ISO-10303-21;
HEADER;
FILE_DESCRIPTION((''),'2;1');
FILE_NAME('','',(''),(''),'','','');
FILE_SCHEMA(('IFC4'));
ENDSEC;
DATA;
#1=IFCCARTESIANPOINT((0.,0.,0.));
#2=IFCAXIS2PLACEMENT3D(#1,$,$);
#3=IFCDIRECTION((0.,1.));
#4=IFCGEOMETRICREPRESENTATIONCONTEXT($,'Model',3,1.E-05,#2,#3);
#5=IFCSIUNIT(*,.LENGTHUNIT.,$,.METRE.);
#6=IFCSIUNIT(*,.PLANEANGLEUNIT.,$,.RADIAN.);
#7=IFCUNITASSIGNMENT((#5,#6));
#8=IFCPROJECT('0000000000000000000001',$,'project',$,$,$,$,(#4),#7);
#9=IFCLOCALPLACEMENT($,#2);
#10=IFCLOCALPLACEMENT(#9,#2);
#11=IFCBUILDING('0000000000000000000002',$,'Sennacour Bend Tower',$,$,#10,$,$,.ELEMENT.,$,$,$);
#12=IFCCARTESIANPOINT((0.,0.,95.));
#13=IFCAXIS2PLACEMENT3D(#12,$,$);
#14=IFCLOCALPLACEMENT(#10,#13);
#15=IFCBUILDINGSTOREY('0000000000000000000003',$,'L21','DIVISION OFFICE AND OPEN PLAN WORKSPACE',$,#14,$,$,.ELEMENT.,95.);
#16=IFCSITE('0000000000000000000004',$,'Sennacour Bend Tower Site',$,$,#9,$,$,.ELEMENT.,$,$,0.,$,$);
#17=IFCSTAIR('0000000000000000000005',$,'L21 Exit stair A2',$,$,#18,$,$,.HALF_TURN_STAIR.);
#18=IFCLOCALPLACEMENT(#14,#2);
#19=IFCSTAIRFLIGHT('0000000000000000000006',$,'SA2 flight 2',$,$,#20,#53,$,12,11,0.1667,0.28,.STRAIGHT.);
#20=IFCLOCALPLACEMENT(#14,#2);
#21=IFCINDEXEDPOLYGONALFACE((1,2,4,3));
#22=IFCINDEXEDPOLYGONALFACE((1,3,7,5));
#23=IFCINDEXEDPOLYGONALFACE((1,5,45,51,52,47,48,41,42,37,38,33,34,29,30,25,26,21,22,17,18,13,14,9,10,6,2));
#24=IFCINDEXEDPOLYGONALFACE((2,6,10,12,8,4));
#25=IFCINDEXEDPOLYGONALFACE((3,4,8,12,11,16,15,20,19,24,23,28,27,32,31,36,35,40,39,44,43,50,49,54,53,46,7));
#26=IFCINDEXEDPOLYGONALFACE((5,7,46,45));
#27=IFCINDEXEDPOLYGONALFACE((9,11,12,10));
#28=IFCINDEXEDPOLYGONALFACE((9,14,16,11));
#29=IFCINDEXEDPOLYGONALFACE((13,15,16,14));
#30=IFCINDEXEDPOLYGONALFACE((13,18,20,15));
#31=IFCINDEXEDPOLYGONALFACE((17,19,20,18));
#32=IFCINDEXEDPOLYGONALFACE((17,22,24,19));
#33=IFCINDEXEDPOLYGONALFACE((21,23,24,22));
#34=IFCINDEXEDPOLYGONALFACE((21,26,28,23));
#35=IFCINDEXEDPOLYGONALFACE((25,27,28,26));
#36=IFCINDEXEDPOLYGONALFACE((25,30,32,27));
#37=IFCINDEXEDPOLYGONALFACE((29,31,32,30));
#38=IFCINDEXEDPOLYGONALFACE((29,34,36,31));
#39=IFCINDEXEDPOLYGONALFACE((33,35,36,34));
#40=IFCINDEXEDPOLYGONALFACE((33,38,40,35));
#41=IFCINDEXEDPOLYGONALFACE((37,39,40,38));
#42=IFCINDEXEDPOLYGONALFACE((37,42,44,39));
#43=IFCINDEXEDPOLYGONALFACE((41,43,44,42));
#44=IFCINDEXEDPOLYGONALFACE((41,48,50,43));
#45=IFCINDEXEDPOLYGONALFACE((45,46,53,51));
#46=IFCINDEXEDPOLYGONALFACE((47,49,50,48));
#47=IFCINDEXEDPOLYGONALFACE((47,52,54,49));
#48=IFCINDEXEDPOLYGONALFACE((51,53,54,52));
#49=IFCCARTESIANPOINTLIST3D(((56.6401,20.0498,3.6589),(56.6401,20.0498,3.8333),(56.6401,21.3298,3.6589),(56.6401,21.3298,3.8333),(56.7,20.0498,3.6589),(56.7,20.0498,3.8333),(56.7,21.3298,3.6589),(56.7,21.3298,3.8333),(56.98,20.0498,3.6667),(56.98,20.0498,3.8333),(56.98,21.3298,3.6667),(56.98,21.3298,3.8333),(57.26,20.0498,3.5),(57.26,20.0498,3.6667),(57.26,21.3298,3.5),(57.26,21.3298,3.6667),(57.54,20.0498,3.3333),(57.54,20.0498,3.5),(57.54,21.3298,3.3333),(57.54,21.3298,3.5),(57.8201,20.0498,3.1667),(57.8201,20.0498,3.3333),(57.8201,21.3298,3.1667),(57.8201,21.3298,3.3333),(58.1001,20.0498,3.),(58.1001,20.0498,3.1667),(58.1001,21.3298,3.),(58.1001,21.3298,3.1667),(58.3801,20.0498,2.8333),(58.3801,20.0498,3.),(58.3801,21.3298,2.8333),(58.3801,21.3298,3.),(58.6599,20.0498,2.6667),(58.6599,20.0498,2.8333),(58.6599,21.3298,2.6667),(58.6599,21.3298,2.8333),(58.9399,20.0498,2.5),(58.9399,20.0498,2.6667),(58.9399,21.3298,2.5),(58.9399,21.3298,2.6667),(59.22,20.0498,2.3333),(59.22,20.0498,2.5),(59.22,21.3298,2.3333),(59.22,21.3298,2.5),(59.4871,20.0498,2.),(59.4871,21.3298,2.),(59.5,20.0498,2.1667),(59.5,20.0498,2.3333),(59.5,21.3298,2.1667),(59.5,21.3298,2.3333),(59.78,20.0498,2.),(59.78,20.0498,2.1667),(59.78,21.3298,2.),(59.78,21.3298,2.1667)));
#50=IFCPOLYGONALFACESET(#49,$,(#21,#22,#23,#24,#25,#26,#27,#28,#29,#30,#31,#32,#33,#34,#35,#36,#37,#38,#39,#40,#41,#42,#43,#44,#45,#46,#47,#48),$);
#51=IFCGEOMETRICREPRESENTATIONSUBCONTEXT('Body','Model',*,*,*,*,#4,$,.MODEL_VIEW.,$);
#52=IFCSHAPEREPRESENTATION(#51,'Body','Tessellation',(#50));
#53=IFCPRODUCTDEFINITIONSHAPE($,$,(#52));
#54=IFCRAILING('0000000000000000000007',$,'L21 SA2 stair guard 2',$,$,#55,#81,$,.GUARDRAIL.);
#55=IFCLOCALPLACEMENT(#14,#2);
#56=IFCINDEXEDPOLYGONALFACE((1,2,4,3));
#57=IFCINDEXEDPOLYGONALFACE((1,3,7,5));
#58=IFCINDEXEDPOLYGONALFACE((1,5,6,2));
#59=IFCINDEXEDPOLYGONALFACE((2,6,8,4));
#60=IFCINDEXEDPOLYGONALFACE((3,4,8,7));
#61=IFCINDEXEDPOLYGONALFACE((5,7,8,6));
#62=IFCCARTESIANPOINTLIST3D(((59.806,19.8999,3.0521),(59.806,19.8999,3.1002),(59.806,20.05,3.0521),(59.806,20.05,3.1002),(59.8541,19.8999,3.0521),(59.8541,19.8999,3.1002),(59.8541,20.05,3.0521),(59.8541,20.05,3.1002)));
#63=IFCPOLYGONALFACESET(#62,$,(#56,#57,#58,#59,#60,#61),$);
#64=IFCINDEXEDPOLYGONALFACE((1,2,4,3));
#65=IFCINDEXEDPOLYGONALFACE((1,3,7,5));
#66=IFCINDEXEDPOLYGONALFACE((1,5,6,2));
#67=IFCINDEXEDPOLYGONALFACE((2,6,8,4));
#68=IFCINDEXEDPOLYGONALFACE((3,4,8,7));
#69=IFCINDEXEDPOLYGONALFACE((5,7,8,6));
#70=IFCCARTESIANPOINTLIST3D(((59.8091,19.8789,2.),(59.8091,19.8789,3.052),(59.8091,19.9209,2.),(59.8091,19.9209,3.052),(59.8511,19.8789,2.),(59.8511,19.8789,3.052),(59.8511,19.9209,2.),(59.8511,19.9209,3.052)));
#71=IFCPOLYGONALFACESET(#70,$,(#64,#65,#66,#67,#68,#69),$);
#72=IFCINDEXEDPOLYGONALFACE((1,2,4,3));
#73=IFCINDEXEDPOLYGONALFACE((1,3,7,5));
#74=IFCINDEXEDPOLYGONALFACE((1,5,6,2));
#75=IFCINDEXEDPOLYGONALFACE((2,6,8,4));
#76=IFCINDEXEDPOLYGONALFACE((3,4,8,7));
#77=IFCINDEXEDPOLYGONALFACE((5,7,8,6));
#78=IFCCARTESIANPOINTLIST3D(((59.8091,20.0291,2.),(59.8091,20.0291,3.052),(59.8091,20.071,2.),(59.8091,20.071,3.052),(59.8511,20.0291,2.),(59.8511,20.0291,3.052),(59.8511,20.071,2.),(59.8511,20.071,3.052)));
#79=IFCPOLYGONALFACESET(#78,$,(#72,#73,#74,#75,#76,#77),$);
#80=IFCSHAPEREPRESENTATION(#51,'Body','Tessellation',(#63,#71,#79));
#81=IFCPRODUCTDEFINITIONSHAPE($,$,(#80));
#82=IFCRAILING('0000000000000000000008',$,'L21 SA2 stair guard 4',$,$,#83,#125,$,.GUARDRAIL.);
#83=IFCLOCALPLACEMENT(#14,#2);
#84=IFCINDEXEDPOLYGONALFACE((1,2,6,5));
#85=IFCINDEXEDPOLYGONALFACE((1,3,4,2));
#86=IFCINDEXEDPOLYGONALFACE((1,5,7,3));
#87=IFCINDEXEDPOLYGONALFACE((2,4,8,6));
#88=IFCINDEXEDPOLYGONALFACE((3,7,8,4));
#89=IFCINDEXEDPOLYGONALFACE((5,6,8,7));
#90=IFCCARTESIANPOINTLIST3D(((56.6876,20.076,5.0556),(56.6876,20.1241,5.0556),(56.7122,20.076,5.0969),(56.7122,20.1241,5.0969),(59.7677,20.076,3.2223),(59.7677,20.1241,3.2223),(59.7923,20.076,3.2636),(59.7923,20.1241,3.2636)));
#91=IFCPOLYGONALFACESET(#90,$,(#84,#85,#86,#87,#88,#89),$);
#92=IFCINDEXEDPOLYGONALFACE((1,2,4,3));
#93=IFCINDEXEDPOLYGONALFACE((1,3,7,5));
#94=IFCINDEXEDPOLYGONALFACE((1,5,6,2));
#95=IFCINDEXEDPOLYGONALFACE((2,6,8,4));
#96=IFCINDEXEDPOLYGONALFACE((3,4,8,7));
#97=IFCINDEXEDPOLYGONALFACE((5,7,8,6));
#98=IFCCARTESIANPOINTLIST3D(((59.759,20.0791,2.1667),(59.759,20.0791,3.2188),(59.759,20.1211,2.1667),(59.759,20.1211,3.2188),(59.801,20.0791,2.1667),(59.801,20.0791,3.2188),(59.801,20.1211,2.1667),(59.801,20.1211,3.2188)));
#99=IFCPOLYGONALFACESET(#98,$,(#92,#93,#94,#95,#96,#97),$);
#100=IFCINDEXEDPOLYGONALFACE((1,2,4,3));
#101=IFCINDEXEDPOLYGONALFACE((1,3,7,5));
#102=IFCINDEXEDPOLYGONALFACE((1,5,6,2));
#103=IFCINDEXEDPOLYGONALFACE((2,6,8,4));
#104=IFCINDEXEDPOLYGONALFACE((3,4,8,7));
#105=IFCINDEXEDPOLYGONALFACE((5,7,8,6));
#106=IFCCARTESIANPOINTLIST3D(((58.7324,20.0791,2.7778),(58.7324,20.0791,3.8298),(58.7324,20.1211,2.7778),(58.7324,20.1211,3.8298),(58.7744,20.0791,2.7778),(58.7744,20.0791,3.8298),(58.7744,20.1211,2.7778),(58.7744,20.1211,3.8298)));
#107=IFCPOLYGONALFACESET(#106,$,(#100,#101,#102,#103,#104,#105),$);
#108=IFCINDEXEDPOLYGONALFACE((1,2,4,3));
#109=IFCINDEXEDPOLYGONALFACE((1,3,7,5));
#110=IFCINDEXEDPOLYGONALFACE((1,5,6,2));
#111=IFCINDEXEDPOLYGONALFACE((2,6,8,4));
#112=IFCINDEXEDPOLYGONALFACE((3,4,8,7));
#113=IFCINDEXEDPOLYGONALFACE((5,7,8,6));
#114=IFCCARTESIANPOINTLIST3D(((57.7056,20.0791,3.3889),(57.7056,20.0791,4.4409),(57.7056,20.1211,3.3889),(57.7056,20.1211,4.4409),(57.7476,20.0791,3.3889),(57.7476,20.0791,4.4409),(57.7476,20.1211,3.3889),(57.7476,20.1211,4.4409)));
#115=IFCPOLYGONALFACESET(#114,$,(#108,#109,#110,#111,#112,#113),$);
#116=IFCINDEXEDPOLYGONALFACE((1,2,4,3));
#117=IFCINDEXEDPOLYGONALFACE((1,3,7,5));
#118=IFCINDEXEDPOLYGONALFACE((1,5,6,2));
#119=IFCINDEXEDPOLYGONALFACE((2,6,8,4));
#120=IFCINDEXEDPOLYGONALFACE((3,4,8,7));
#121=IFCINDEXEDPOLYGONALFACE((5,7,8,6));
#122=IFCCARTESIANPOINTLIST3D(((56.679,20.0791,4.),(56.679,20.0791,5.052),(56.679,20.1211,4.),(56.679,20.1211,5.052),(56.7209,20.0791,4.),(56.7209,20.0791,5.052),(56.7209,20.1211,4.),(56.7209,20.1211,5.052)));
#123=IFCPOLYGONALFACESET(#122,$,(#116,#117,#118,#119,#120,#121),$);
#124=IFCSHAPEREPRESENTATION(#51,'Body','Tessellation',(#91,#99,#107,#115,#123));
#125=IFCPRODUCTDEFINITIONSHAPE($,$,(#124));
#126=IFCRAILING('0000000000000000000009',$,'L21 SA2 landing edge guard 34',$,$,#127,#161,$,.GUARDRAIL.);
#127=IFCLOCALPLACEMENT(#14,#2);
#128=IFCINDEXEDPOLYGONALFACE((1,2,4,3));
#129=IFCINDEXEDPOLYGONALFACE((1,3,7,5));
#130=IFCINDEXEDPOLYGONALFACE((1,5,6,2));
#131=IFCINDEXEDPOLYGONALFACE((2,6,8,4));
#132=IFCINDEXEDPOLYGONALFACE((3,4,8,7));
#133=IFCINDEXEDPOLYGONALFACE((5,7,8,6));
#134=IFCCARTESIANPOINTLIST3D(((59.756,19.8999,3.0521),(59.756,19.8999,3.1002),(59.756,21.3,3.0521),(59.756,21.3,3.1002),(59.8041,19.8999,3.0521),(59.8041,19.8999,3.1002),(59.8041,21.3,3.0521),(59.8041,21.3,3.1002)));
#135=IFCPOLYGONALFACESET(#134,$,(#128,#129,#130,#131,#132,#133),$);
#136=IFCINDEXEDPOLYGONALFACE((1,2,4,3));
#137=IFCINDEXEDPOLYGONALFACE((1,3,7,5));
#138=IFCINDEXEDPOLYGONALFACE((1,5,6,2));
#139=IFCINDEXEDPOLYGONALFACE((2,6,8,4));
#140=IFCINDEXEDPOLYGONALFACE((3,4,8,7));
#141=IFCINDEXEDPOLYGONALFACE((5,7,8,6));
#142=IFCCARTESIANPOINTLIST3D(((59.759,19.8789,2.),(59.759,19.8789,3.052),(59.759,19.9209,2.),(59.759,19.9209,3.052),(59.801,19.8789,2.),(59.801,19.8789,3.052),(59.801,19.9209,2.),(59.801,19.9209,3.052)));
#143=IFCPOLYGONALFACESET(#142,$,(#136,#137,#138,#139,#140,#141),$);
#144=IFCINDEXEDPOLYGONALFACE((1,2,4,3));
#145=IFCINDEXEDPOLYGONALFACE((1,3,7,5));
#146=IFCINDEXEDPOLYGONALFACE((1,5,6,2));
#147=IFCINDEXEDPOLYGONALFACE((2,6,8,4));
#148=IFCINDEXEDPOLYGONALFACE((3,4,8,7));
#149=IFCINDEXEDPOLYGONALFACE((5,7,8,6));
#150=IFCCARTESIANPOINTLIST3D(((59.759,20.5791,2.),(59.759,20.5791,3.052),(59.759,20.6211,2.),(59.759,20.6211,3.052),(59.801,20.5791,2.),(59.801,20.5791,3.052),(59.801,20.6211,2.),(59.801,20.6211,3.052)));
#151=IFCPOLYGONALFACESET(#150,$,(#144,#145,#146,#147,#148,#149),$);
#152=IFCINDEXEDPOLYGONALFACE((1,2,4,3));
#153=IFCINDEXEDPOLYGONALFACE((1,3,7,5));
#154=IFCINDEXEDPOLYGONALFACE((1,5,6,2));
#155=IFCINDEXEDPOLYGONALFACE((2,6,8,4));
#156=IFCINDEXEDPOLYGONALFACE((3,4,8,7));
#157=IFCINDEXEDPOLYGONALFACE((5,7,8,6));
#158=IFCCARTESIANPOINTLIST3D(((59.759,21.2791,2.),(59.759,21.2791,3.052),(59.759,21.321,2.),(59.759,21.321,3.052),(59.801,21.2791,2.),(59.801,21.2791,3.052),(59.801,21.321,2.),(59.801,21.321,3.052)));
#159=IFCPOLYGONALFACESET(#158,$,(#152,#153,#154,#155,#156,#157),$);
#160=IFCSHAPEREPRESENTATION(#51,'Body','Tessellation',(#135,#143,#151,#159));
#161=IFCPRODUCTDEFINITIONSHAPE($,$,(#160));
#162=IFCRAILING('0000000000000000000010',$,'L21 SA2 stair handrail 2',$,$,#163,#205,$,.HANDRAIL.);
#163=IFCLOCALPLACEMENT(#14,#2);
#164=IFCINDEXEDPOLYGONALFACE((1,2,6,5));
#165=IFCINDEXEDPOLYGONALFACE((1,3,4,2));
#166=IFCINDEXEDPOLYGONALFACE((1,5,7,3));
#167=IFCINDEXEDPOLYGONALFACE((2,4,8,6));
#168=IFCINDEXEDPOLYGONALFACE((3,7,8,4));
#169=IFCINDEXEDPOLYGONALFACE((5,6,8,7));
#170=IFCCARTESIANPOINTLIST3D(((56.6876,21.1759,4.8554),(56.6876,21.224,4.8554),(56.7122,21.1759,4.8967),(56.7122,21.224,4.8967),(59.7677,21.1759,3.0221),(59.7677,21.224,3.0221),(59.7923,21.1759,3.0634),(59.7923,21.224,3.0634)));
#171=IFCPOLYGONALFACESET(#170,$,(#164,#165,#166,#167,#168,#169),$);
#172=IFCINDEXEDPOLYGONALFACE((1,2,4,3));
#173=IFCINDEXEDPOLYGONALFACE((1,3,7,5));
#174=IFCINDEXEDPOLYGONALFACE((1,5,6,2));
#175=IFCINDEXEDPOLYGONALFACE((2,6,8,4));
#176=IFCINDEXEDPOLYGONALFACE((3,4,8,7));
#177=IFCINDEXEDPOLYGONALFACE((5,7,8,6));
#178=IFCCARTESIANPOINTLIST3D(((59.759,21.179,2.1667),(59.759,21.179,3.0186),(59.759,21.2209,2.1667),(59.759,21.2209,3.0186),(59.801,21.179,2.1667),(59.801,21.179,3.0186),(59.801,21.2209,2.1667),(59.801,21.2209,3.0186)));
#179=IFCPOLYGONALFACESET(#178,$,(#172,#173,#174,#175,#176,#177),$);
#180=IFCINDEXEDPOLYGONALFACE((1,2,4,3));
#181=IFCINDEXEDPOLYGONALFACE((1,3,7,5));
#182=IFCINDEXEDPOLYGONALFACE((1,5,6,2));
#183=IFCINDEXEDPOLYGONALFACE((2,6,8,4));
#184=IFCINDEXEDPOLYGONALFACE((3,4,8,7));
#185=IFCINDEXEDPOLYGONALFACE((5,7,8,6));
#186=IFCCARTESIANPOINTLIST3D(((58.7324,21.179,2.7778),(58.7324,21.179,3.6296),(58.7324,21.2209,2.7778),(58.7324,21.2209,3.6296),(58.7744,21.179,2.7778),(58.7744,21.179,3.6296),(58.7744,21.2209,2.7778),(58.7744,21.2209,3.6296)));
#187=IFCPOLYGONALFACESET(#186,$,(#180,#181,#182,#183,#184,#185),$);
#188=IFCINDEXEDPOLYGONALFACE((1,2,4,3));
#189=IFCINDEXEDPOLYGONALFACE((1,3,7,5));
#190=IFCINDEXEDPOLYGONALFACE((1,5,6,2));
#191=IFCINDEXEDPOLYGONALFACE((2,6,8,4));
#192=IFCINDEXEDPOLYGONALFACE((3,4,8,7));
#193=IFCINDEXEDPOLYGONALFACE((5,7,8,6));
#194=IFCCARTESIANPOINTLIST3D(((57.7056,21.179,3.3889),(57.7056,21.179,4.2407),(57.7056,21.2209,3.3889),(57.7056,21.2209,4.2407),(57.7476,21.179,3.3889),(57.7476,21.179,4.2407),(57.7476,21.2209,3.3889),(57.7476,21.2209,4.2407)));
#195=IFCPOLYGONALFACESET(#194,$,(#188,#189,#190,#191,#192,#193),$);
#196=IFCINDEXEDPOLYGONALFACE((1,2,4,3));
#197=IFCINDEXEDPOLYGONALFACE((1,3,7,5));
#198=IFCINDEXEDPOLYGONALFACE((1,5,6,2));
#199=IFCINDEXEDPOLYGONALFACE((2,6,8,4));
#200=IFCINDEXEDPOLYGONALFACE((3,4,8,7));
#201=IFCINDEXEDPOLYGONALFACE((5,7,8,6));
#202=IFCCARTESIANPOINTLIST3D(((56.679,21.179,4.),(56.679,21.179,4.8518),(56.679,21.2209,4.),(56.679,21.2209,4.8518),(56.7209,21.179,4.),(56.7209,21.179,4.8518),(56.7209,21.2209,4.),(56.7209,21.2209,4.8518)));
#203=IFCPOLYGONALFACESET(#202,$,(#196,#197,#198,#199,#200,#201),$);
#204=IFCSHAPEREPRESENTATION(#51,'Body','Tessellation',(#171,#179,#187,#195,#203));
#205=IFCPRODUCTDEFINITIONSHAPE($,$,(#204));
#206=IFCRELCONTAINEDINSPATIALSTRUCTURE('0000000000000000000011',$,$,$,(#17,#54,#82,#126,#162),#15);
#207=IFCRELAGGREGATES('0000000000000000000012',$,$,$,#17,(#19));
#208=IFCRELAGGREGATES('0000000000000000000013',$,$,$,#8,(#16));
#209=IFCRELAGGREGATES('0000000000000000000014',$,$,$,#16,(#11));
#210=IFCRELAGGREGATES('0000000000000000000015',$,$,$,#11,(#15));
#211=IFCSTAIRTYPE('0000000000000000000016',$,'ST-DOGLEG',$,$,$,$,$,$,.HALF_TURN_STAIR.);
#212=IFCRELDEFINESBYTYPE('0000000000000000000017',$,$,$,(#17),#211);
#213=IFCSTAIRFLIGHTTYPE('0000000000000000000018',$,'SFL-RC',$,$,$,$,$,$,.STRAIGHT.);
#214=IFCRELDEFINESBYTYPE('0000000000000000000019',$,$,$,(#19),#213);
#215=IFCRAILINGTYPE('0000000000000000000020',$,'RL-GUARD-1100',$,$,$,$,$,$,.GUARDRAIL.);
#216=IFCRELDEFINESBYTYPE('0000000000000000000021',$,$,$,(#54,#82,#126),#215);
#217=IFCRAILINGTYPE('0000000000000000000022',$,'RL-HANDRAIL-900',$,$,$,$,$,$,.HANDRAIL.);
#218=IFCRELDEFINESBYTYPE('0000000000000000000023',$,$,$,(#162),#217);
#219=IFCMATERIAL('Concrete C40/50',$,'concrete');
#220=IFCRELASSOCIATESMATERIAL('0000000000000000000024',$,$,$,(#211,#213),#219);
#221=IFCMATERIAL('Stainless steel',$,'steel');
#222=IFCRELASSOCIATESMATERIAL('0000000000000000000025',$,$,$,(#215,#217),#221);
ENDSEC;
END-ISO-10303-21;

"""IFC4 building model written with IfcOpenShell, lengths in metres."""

from ifc_helpers import new_model, si_unit, direction, frame, origin, origin_2d, place, context, subcontext, project, spatial, polyline, rectangle, outline, extrude, material, type_object, element, aggregate, save


model = new_model("IFC4")

# Units and contexts
model_context = context("Model", 3, precision=1e-05, world=origin(), true_north=direction((0.0, 1.0)))
body_context = subcontext(model_context, "Body", "Model", "MODEL_VIEW")
ifc_project = project(units=[si_unit("LENGTHUNIT", "METRE"), si_unit("PLANEANGLEUNIT", "RADIAN")], contexts=[model_context])

# Site, building, storey
site_placement = place(None, origin())
site = spatial("IfcSite", under=ifc_project, at=site_placement, Name="Sennacour Bend Tower Site", CompositionType="ELEMENT", RefElevation=0.0)
building_placement = place(site_placement, origin())
building = spatial("IfcBuilding", under=site, at=building_placement, Name="Sennacour Bend Tower", CompositionType="ELEMENT")
storey_placement = place(building_placement, frame((0.0, 0.0, 95.0)))
storey = spatial("IfcBuildingStorey", under=building, at=storey_placement, Name="L21", Description="DIVISION OFFICE AND OPEN PLAN WORKSPACE", CompositionType="ELEMENT", Elevation=95.0)

# Shared definitions
ifc_material_1 = material(Name="Stainless steel", Category="steel")

# Stair, stair flight
ifc_material_2 = material(Name="Concrete C40/50", Category="concrete")
stair_type = type_object("IfcStairType", Name="ST-DOGLEG", PredefinedType="HALF_TURN_STAIR", material=ifc_material_2)
stair_placement = place(storey_placement, origin())
stair = element("IfcStair", 1, at=stair_placement, inside=storey, type_object=stair_type, Name="L21 Exit stair A2", PredefinedType="HALF_TURN_STAIR")
stair_flight_type = type_object("IfcStairFlightType", Name="SFL-RC", PredefinedType="STRAIGHT", material=ifc_material_2)
stair_flight_placement = place(storey_placement, frame((59.78, 20.6899, 2.0), z_axis=(0.0, 0.0, 1.0), x_axis=(-1.0, 0.0, 0.0)))
stair_flight = element("IfcStairFlight", 2, at=stair_flight_placement, type_object=stair_flight_type, Name="SA2 flight 2", NumberOfRisers=12, NumberOfTreads=11, PredefinedType="STRAIGHT", RiserHeight=0.1667, TreadLength=0.28, context=body_context, shape_type="SweptSolid", body=[
    extrude(outline(polyline([(0.0, 0.0), (0.0, 0.1667), (0.28, 0.1667), (0.28, 0.3333), (0.5601, 0.3333), (0.5601, 0.5), (0.8401, 0.5), (0.8401, 0.6667), (1.1201, 0.6667), (1.1201, 0.8333), (1.3999, 0.8333), (1.3999, 1.0), (1.6799, 1.0), (1.6799, 1.1667), (1.96, 1.1667), (1.96, 1.3333), (2.24, 1.3333), (2.24, 1.5), (2.52, 1.5), (2.52, 1.6667), (2.8, 1.6667), (2.8, 1.8333), (3.0801, 1.8333), (3.1399, 1.8333), (3.1399, 1.6589), (3.0801, 1.6589), (0.293, 0.0), (0.0, 0.0)])), frame((0.0, 0.6401, 0.0), z_axis=(0.0, -1.0, 0.0), x_axis=(1.0, 0.0, 0.0)), (0.0, 0.0, 1.0), 1.28),
])
aggregate(stair, [stair_flight])

# Railings
railing_type_1 = type_object("IfcRailingType", Name="RL-GUARD-1100", PredefinedType="GUARDRAIL", material=ifc_material_1)
railing_1_placement = place(storey_placement, frame((59.8301, 19.8999, 2.0)))
element("IfcRailing", 3, at=railing_1_placement, inside=storey, type_object=railing_type_1, Name="L21 SA2 stair guard 2", PredefinedType="GUARDRAIL", context=body_context, shape_type="SweptSolid", body=[
    extrude(rectangle(XDim=0.0481, YDim=0.0481, at=origin_2d()), frame((0.0, 0.0, 1.0762), z_axis=(0.0, 1.0, 0.0), x_axis=(-1.0, 0.0, 0.0)), (0.0, 0.0, 1.0), 0.1501),
    extrude(rectangle(XDim=0.042, YDim=0.042, at=origin_2d()), origin(), (0.0, 0.0, 1.0), 1.052),
    extrude(rectangle(XDim=0.042, YDim=0.042, at=origin_2d()), frame((0.0, 0.1501, 0.0)), (0.0, 0.0, 1.0), 1.052),
])
railing_2_placement = place(storey_placement, frame((59.78, 20.1001, 2.1667)))
element("IfcRailing", 4, at=railing_2_placement, inside=storey, type_object=railing_type_1, Name="L21 SA2 stair guard 4", PredefinedType="GUARDRAIL", context=body_context, shape_type="SweptSolid", body=[
    extrude(rectangle(XDim=0.0481, YDim=0.0481, at=origin_2d()), frame((0.0, 0.0, 1.0762), z_axis=(-0.859309, 0.0, 0.511458), x_axis=(0.0, -1.0, 0.0)), (0.0, 0.0, 1.0), 3.5845),
    extrude(rectangle(XDim=0.042, YDim=0.042, at=origin_2d()), origin(), (0.0, 0.0, 1.0), 1.052),
    extrude(rectangle(XDim=0.042, YDim=0.042, at=origin_2d()), frame((-1.0266, 0.0, 0.6111)), (0.0, 0.0, 1.0), 1.052),
    extrude(rectangle(XDim=0.042, YDim=0.042, at=origin_2d()), frame((-2.0535, 0.0, 1.2222)), (0.0, 0.0, 1.0), 1.052),
    extrude(rectangle(XDim=0.042, YDim=0.042, at=origin_2d()), frame((-3.0801, 0.0, 1.8333)), (0.0, 0.0, 1.0), 1.052),
])
railing_3_placement = place(storey_placement, frame((59.78, 19.8999, 2.0)))
element("IfcRailing", 5, at=railing_3_placement, inside=storey, type_object=railing_type_1, Name="L21 SA2 landing edge guard 34", PredefinedType="GUARDRAIL", context=body_context, shape_type="SweptSolid", body=[
    extrude(rectangle(XDim=0.0481, YDim=0.0481, at=origin_2d()), frame((0.0, 0.0, 1.0762), z_axis=(0.0, 1.0, 0.0), x_axis=(-1.0, 0.0, 0.0)), (0.0, 0.0, 1.0), 1.4001),
    extrude(rectangle(XDim=0.042, YDim=0.042, at=origin_2d()), origin(), (0.0, 0.0, 1.0), 1.052),
    extrude(rectangle(XDim=0.042, YDim=0.042, at=origin_2d()), frame((0.0, 0.7002, 0.0)), (0.0, 0.0, 1.0), 1.052),
    extrude(rectangle(XDim=0.042, YDim=0.042, at=origin_2d()), frame((0.0, 1.4001, 0.0)), (0.0, 0.0, 1.0), 1.052),
])
railing_type_2 = type_object("IfcRailingType", Name="RL-HANDRAIL-900", PredefinedType="HANDRAIL", material=ifc_material_1)
railing_4_placement = place(storey_placement, frame((59.78, 21.2, 2.1667)))
element("IfcRailing", 6, at=railing_4_placement, inside=storey, type_object=railing_type_2, Name="L21 SA2 stair handrail 2", PredefinedType="HANDRAIL", context=body_context, shape_type="SweptSolid", body=[
    extrude(rectangle(XDim=0.0481, YDim=0.0481, at=origin_2d()), frame((0.0, 0.0, 0.876), z_axis=(-0.859309, 0.0, 0.511458), x_axis=(0.0, -1.0, 0.0)), (0.0, 0.0, 1.0), 3.5845),
    extrude(rectangle(XDim=0.042, YDim=0.042, at=origin_2d()), origin(), (0.0, 0.0, 1.0), 0.8518),
    extrude(rectangle(XDim=0.042, YDim=0.042, at=origin_2d()), frame((-1.0266, 0.0, 0.6111)), (0.0, 0.0, 1.0), 0.8518),
    extrude(rectangle(XDim=0.042, YDim=0.042, at=origin_2d()), frame((-2.0535, 0.0, 1.2222)), (0.0, 0.0, 1.0), 0.8518),
    extrude(rectangle(XDim=0.042, YDim=0.042, at=origin_2d()), frame((-3.0801, 0.0, 1.8333)), (0.0, 0.0, 1.0), 0.8518),
])

save(model, "model.ifc")
